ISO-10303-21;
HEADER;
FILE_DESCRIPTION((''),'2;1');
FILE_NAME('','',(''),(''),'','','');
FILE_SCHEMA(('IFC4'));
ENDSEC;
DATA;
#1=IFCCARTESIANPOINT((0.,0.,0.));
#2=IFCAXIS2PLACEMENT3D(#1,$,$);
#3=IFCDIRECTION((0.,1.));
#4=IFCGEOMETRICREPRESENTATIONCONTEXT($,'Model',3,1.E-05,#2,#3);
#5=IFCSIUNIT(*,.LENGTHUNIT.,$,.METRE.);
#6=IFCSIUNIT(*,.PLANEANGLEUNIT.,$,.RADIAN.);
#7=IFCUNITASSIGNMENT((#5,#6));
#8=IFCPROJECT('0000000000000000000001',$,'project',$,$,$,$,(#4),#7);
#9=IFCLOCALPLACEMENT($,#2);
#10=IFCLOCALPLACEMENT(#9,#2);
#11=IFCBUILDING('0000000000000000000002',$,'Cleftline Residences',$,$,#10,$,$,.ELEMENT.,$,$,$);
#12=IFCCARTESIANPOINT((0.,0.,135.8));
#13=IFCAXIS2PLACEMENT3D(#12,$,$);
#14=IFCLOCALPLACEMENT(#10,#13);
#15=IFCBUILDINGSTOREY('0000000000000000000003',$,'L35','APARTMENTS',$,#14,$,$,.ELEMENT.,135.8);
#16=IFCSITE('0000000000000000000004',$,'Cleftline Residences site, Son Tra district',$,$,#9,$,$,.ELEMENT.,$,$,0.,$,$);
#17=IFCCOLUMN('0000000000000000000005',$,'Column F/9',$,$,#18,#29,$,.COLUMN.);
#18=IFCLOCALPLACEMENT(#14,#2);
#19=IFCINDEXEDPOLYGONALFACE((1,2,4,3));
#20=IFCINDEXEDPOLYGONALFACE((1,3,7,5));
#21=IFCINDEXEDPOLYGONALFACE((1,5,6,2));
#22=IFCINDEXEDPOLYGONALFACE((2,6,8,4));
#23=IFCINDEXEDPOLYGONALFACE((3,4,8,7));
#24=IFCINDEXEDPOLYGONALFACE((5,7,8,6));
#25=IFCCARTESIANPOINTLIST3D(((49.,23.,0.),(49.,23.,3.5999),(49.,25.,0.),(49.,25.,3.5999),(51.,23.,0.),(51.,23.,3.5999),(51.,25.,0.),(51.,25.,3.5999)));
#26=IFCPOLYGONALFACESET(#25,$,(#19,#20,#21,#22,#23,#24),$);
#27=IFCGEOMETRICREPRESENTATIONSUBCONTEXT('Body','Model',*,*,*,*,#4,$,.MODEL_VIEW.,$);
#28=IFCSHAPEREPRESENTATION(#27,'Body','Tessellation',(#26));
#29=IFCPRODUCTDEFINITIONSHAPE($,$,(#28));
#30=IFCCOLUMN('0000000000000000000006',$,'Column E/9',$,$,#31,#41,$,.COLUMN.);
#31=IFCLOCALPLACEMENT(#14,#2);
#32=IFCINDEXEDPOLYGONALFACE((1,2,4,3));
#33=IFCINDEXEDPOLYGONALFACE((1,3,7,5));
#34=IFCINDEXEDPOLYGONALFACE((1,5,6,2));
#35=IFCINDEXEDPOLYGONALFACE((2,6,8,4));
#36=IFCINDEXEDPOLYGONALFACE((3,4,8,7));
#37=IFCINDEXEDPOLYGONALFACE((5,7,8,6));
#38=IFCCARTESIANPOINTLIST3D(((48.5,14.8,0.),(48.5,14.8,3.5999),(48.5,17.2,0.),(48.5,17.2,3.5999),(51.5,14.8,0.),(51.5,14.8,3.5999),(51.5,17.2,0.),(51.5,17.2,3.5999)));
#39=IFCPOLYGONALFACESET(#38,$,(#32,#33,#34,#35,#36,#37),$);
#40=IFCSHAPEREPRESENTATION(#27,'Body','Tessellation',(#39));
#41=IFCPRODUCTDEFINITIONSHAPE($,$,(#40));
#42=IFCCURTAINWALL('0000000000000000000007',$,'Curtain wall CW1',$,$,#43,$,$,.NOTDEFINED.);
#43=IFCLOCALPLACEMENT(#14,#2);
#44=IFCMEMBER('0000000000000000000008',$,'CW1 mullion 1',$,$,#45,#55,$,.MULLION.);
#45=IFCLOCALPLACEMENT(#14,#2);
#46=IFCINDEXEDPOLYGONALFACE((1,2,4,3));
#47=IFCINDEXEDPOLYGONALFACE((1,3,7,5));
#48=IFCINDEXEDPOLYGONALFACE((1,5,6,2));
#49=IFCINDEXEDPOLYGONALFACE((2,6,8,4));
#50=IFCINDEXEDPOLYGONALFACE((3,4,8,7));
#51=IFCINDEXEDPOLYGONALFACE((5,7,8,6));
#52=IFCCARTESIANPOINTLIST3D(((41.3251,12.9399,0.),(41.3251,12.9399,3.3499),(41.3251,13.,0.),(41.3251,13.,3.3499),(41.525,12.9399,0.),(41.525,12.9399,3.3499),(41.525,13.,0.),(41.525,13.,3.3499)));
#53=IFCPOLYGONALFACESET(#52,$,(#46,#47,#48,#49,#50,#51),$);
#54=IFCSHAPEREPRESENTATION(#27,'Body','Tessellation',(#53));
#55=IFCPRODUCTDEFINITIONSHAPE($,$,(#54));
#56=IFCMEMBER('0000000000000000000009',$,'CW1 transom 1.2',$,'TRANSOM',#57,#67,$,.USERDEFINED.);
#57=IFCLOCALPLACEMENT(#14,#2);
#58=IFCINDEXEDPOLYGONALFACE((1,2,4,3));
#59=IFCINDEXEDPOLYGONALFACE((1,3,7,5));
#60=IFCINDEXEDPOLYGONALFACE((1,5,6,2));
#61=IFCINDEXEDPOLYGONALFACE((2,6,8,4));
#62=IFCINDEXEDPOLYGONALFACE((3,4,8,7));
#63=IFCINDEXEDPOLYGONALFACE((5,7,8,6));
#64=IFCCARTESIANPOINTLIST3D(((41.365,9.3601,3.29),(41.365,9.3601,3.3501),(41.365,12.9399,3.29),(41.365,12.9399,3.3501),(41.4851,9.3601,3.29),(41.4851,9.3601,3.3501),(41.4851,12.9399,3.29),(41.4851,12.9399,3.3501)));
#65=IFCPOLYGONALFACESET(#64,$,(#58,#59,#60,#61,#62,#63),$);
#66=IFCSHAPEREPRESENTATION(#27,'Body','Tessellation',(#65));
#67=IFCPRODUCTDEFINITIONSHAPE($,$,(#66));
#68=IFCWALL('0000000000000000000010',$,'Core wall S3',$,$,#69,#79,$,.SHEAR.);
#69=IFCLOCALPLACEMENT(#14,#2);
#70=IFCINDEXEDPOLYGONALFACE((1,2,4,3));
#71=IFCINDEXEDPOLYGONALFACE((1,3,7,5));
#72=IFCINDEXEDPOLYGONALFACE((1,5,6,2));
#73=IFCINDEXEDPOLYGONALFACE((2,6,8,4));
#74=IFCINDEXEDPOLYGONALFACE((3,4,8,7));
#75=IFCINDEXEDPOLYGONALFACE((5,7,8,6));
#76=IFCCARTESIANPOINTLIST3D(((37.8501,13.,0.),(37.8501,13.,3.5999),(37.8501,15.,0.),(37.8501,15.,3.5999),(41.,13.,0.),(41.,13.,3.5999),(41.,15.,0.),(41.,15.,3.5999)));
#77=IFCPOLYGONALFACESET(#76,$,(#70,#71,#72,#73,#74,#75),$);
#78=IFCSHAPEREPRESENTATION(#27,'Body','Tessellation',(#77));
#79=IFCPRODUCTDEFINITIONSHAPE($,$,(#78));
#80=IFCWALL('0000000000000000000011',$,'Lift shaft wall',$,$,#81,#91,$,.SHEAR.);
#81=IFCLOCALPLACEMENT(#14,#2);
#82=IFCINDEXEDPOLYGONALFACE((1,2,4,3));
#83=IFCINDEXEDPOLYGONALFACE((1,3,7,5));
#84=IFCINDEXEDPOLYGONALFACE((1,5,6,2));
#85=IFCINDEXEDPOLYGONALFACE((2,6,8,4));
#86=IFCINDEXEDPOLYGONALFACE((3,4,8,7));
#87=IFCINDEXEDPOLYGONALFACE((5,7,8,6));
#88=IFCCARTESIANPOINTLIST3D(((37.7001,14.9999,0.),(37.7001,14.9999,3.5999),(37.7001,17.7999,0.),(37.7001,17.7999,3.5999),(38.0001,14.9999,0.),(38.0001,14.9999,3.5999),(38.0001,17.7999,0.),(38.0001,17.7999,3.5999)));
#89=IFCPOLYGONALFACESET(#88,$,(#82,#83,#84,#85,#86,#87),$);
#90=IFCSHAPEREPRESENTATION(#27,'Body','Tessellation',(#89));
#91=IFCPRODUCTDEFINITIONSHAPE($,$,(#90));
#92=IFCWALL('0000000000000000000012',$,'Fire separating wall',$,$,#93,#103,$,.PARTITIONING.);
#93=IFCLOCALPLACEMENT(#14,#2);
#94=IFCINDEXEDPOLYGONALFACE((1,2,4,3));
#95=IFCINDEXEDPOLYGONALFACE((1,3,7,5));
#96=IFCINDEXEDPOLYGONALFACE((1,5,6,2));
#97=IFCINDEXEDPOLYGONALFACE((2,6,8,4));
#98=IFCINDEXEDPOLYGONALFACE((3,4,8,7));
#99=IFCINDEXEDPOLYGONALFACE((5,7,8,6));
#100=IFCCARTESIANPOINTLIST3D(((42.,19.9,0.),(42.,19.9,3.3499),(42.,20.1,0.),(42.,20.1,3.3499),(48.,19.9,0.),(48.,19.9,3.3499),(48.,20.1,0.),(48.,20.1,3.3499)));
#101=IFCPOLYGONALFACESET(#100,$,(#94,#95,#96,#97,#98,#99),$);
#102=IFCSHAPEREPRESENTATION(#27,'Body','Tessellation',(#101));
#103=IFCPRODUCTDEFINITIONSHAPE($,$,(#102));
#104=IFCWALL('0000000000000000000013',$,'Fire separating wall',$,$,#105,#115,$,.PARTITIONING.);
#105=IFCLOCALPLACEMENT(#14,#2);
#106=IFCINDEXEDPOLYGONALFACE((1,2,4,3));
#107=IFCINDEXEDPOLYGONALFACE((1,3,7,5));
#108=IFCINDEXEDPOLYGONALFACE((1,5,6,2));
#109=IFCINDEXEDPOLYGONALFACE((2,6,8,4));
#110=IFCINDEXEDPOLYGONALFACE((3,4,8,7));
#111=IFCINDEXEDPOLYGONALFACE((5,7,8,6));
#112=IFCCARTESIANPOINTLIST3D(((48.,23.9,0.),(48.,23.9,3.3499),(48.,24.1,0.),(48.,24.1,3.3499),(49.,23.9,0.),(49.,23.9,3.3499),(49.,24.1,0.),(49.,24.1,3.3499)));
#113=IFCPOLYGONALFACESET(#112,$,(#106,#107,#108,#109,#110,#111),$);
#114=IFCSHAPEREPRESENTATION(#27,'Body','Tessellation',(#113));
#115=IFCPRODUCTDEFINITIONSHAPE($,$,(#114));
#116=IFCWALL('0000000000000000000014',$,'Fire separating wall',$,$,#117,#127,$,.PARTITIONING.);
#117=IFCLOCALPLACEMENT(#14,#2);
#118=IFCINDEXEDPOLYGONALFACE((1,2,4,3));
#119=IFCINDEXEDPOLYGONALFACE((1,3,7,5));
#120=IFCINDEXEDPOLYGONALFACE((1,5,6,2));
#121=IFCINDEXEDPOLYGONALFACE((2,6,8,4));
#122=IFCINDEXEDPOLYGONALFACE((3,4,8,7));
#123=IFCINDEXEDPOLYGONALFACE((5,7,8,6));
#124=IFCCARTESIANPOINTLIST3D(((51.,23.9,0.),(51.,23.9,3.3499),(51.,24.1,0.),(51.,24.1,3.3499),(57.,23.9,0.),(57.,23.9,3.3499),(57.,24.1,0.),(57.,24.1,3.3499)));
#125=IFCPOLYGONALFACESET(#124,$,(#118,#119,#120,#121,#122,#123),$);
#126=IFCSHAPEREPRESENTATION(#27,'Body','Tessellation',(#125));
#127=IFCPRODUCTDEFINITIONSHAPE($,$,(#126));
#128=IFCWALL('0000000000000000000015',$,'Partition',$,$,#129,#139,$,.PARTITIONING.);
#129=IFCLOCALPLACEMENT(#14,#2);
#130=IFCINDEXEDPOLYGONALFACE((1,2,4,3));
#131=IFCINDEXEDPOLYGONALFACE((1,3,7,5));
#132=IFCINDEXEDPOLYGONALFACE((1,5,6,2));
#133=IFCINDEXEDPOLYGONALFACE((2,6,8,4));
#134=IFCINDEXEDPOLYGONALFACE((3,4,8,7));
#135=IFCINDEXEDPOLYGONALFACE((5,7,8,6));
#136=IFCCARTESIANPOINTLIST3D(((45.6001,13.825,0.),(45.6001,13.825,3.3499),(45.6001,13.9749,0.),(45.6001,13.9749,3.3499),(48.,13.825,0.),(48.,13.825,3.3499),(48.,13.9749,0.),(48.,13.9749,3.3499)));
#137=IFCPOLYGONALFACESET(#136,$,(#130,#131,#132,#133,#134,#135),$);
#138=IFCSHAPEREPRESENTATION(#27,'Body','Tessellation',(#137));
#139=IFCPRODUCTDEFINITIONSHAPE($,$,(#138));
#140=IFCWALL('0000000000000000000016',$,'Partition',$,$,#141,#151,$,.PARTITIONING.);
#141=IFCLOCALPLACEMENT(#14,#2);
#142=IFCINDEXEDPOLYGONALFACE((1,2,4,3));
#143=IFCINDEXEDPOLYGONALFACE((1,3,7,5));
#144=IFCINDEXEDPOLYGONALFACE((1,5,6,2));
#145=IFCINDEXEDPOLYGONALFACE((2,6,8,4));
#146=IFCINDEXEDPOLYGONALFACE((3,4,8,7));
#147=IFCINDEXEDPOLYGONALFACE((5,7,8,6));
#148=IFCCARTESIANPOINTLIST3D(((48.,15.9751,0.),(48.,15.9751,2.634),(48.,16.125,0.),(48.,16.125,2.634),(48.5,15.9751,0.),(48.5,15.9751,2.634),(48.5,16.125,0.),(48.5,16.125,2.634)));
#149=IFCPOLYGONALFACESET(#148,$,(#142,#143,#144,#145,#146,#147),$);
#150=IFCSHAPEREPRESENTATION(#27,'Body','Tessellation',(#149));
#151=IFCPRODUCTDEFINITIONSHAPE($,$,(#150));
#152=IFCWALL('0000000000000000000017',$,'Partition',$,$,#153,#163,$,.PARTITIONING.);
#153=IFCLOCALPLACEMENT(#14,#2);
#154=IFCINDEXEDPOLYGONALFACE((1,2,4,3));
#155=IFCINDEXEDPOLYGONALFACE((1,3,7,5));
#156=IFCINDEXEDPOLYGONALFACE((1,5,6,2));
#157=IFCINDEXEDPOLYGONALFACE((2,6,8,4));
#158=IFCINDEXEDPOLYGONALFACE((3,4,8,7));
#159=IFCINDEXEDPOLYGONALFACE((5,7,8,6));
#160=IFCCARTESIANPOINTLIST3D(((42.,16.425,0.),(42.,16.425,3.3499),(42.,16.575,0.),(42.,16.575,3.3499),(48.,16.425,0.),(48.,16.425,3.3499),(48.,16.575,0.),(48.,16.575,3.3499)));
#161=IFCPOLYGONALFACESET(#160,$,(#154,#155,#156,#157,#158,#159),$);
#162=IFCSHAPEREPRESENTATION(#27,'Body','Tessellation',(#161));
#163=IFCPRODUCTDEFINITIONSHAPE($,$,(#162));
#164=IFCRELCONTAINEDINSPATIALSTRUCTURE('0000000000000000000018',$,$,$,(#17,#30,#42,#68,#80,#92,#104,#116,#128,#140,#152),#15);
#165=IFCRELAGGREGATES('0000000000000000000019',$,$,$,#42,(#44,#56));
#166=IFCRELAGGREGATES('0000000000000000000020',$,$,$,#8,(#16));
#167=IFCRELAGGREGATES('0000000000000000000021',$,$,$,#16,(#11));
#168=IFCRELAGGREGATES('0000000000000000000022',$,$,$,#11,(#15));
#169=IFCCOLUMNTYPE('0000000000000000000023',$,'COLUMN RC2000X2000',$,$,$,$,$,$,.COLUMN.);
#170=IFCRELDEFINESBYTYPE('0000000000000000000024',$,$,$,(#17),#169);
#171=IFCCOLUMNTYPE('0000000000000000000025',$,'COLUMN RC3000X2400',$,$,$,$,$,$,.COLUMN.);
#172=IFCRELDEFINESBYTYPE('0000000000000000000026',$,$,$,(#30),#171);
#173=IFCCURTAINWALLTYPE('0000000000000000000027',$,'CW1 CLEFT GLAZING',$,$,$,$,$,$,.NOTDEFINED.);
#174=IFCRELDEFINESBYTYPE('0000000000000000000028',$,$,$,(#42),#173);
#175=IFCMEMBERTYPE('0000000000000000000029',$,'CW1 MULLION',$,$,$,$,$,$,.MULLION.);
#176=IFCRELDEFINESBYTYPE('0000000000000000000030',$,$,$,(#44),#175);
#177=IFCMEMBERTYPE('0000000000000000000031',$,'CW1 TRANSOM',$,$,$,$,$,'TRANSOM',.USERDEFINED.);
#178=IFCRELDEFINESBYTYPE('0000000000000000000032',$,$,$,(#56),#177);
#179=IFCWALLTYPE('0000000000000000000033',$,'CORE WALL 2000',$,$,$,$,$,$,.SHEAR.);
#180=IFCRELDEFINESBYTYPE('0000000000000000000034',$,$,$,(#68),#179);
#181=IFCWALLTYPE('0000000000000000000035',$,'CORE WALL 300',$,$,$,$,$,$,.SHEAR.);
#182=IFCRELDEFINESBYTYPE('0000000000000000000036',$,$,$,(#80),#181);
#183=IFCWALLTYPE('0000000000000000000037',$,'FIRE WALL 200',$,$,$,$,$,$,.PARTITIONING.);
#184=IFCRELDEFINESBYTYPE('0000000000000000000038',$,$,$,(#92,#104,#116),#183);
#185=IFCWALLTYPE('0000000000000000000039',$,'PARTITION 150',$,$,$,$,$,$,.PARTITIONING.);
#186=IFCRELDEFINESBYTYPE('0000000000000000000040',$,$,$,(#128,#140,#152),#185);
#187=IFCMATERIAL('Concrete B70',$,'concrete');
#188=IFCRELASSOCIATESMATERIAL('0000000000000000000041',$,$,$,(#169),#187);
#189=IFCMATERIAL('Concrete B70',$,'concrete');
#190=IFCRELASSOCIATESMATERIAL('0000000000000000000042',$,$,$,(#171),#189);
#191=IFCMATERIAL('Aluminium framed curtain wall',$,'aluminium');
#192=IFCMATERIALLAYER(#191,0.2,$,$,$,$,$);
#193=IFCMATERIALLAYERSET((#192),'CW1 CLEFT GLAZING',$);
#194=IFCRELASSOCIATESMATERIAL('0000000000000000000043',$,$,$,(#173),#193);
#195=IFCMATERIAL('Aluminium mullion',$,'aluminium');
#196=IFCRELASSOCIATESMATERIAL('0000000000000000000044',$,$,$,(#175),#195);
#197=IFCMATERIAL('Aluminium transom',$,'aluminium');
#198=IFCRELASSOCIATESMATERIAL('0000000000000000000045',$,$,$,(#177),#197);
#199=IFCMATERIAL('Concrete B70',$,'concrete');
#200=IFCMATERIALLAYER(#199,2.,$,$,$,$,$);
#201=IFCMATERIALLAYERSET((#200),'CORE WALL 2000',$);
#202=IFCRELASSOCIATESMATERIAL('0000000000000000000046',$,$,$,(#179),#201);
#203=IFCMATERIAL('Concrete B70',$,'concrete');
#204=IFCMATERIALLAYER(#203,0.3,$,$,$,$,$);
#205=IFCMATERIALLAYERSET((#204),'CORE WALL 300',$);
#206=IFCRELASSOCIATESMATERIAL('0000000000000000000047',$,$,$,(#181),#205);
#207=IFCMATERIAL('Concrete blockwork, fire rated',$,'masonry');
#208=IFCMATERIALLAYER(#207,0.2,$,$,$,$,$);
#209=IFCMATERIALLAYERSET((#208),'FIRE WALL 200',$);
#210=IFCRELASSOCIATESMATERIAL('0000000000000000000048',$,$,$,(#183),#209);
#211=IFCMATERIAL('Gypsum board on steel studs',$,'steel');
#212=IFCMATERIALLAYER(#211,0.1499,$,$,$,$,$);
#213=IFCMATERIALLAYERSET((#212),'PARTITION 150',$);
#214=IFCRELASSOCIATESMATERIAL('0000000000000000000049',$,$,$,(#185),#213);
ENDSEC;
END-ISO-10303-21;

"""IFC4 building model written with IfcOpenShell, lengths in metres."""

from ifc_helpers import new_model, si_unit, direction, frame, frame_2d, origin, origin_2d, place, context, subcontext, project, spatial, rectangle, extrude, material, layer, layer_set, material_profile, profile_set, type_object, element, aggregate, save


model = new_model("IFC4")

# Units and contexts
model_context = context("Model", 3, precision=1e-05, world=origin(), true_north=direction((0.0, 1.0)))
body_context = subcontext(model_context, "Body", "Model", "MODEL_VIEW")
ifc_project = project(units=[si_unit("LENGTHUNIT", "METRE"), si_unit("PLANEANGLEUNIT", "RADIAN")], contexts=[model_context])

# Site, building, storey
site_placement = place(None, origin())
site = spatial("IfcSite", under=ifc_project, at=site_placement, Name="Cleftline Residences site, Son Tra district", CompositionType="ELEMENT", RefElevation=0.0)
building_placement = place(site_placement, origin())
building = spatial("IfcBuilding", under=site, at=building_placement, Name="Cleftline Residences", CompositionType="ELEMENT")
storey_placement = place(building_placement, frame((0.0, 0.0, 135.8)))
storey = spatial("IfcBuildingStorey", under=building, at=storey_placement, Name="L35", Description="APARTMENTS", CompositionType="ELEMENT", Elevation=135.8)

# Columns
ifc_material_1 = material(Name="Concrete B70", Category="concrete")
ifc_material_profile_1 = material_profile(ifc_material_1, rectangle(XDim=2.0, YDim=2.0, at=origin_2d()))
ifc_profile_set_1 = profile_set([ifc_material_profile_1], Name="Concrete B70")
column_type_1 = type_object("IfcColumnType", Name="COLUMN RC2000X2000", PredefinedType="COLUMN", material=ifc_profile_set_1)
column_1_placement = place(storey_placement, frame((50.0, 24.0, 0.0), z_axis=(0.0, 0.0, 1.0), x_axis=(1.0, 0.0, 0.0)))
element("IfcColumn", 1, at=column_1_placement, inside=storey, type_object=column_type_1, Name="Column F/9", PredefinedType="COLUMN", context=body_context, shape_type="SweptSolid", body=[
    extrude(rectangle(XDim=2.0, YDim=2.0, at=origin_2d()), origin(), (0.0, 0.0, 1.0), 3.5999),
])
ifc_material_2 = material(Name="Concrete B70", Category="concrete")
ifc_material_profile_2 = material_profile(ifc_material_2, rectangle(XDim=3.0, YDim=2.3999, at=origin_2d()))
ifc_profile_set_2 = profile_set([ifc_material_profile_2], Name="Concrete B70")
column_type_2 = type_object("IfcColumnType", Name="COLUMN RC3000X2400", PredefinedType="COLUMN", material=ifc_profile_set_2)
column_2_placement = place(storey_placement, frame((50.0, 16.0, 0.0), z_axis=(0.0, 0.0, 1.0), x_axis=(1.0, 0.0, 0.0)))
element("IfcColumn", 2, at=column_2_placement, inside=storey, type_object=column_type_2, Name="Column E/9", PredefinedType="COLUMN", context=body_context, shape_type="SweptSolid", body=[
    extrude(rectangle(XDim=3.0, YDim=2.3999, at=origin_2d()), origin(), (0.0, 0.0, 1.0), 3.5999),
])

# Curtain wall, members
ifc_material_3 = material(Name="Aluminium framed curtain wall", Category="aluminium")
ifc_layer_1 = layer(ifc_material_3, 0.2)
ifc_layer_set_1 = layer_set([ifc_layer_1], Name="CW1 CLEFT GLAZING")
curtain_wall_type = type_object("IfcCurtainWallType", Name="CW1 CLEFT GLAZING", PredefinedType="NOTDEFINED", material=ifc_layer_set_1)
curtain_wall_placement = place(storey_placement, origin())
curtain_wall = element("IfcCurtainWall", 3, at=curtain_wall_placement, inside=storey, type_object=curtain_wall_type, Name="Curtain wall CW1", PredefinedType="NOTDEFINED")
ifc_material_4 = material(Name="Aluminium mullion", Category="aluminium")
ifc_material_profile_3 = material_profile(ifc_material_4, rectangle(XDim=0.2, YDim=0.0601, at=origin_2d()))
ifc_profile_set_3 = profile_set([ifc_material_profile_3], Name="Aluminium mullion")
member_type_1 = type_object("IfcMemberType", Name="CW1 MULLION", PredefinedType="MULLION", material=ifc_profile_set_3)
member_1_placement = place(storey_placement, frame((41.425, 12.97, 0.0), z_axis=(0.0, 0.0, 1.0), x_axis=(1.0, 0.0, 0.0)))
member_1 = element("IfcMember", 4, at=member_1_placement, type_object=member_type_1, Name="CW1 mullion 1", PredefinedType="MULLION", context=body_context, shape_type="SweptSolid", body=[
    extrude(rectangle(XDim=0.2, YDim=0.0601, at=origin_2d()), origin(), (0.0, 0.0, 1.0), 3.3499),
])
ifc_material_5 = material(Name="Aluminium transom", Category="aluminium")
ifc_material_profile_4 = material_profile(ifc_material_5, rectangle(XDim=0.1201, YDim=0.0601, at=origin_2d()))
ifc_profile_set_4 = profile_set([ifc_material_profile_4], Name="Aluminium transom")
member_type_2 = type_object("IfcMemberType", Name="CW1 TRANSOM", ElementType="TRANSOM", PredefinedType="USERDEFINED", material=ifc_profile_set_4)
member_2_placement = place(storey_placement, frame((41.425, 12.9399, 3.3201), z_axis=(0.0, -1.0, 0.0), x_axis=(1.0, 0.0, 0.0)))
member_2 = element("IfcMember", 5, at=member_2_placement, type_object=member_type_2, Name="CW1 transom 1.2", ObjectType="TRANSOM", PredefinedType="USERDEFINED", context=body_context, shape_type="SweptSolid", body=[
    extrude(rectangle(XDim=0.1201, YDim=0.0601, at=origin_2d()), origin(), (0.0, 0.0, 1.0), 3.5798),
])
aggregate(curtain_wall, [member_1, member_2])

# Walls
ifc_material_6 = material(Name="Concrete B70", Category="concrete")
ifc_layer_2 = layer(ifc_material_6, 2.0)
ifc_layer_set_2 = layer_set([ifc_layer_2], Name="CORE WALL 2000")
wall_type_1 = type_object("IfcWallType", Name="CORE WALL 2000", PredefinedType="SHEAR", material=ifc_layer_set_2)
wall_1_placement = place(storey_placement, frame((37.8501, 14.0, 0.0), z_axis=(0.0, 0.0, 1.0), x_axis=(1.0, 0.0, 0.0)))
element("IfcWall", 6, at=wall_1_placement, inside=storey, type_object=wall_type_1, Name="Core wall S3", PredefinedType="SHEAR", context=body_context, shape_type="SweptSolid", body=[
    extrude(rectangle(XDim=3.1499, YDim=2.0, at=frame_2d((1.575, 0.0))), origin(), (0.0, 0.0, 1.0), 3.5999),
])
ifc_material_7 = material(Name="Concrete B70", Category="concrete")
ifc_layer_3 = layer(ifc_material_7, 0.3)
ifc_layer_set_3 = layer_set([ifc_layer_3], Name="CORE WALL 300")
wall_type_2 = type_object("IfcWallType", Name="CORE WALL 300", PredefinedType="SHEAR", material=ifc_layer_set_3)
wall_2_placement = place(storey_placement, frame((37.8501, 15.0, 0.0), z_axis=(0.0, 0.0, 1.0), x_axis=(0.0, 1.0, 0.0)))
element("IfcWall", 7, at=wall_2_placement, inside=storey, type_object=wall_type_2, Name="Lift shaft wall", PredefinedType="SHEAR", context=body_context, shape_type="SweptSolid", body=[
    extrude(rectangle(XDim=2.8, YDim=0.3, at=frame_2d((1.3999, 0.0))), origin(), (0.0, 0.0, 1.0), 3.5999),
])
ifc_material_8 = material(Name="Concrete blockwork, fire rated", Category="masonry")
ifc_layer_4 = layer(ifc_material_8, 0.2)
ifc_layer_set_4 = layer_set([ifc_layer_4], Name="FIRE WALL 200")
wall_type_3 = type_object("IfcWallType", Name="FIRE WALL 200", PredefinedType="PARTITIONING", material=ifc_layer_set_4)
wall_3_placement = place(storey_placement, frame((42.0, 20.0, 0.0), z_axis=(0.0, 0.0, 1.0), x_axis=(1.0, 0.0, 0.0)))
element("IfcWall", 8, at=wall_3_placement, inside=storey, type_object=wall_type_3, Name="Fire separating wall", PredefinedType="PARTITIONING", context=body_context, shape_type="SweptSolid", body=[
    extrude(rectangle(XDim=6.0, YDim=0.2, at=frame_2d((3.0, 0.0))), origin(), (0.0, 0.0, 1.0), 3.3499),
])
wall_4_placement = place(storey_placement, frame((48.0, 24.0, 0.0), z_axis=(0.0, 0.0, 1.0), x_axis=(1.0, 0.0, 0.0)))
element("IfcWall", 9, at=wall_4_placement, inside=storey, type_object=wall_type_3, Name="Fire separating wall", PredefinedType="PARTITIONING", context=body_context, shape_type="SweptSolid", body=[
    extrude(rectangle(XDim=1.0, YDim=0.2, at=frame_2d((0.5, 0.0))), origin(), (0.0, 0.0, 1.0), 3.3499),
])
wall_5_placement = place(storey_placement, frame((51.0, 24.0, 0.0), z_axis=(0.0, 0.0, 1.0), x_axis=(1.0, 0.0, 0.0)))
element("IfcWall", 10, at=wall_5_placement, inside=storey, type_object=wall_type_3, Name="Fire separating wall", PredefinedType="PARTITIONING", context=body_context, shape_type="SweptSolid", body=[
    extrude(rectangle(XDim=6.0, YDim=0.2, at=frame_2d((3.0, 0.0))), origin(), (0.0, 0.0, 1.0), 3.3499),
])

# Walls
ifc_material_9 = material(Name="Gypsum board on steel studs", Category="steel")
ifc_layer_5 = layer(ifc_material_9, 0.1499)
ifc_layer_set_5 = layer_set([ifc_layer_5], Name="PARTITION 150")
wall_type_4 = type_object("IfcWallType", Name="PARTITION 150", PredefinedType="PARTITIONING", material=ifc_layer_set_5)
wall_6_placement = place(storey_placement, frame((45.6001, 13.8999, 0.0), z_axis=(0.0, 0.0, 1.0), x_axis=(1.0, 0.0, 0.0)))
element("IfcWall", 11, at=wall_6_placement, inside=storey, type_object=wall_type_4, Name="Partition", PredefinedType="PARTITIONING", context=body_context, shape_type="SweptSolid", body=[
    extrude(rectangle(XDim=2.3999, YDim=0.1499, at=frame_2d((1.2, 0.0))), origin(), (0.0, 0.0, 1.0), 3.3499),
])
wall_7_placement = place(storey_placement, frame((48.0, 16.05, 0.0), z_axis=(0.0, 0.0, 1.0), x_axis=(1.0, 0.0, 0.0)))
element("IfcWall", 12, at=wall_7_placement, inside=storey, type_object=wall_type_4, Name="Partition", PredefinedType="PARTITIONING", context=body_context, shape_type="SweptSolid", body=[
    extrude(rectangle(XDim=0.5, YDim=0.1499, at=frame_2d((0.25, 0.0))), origin(), (0.0, 0.0, 1.0), 2.634),
])
wall_8_placement = place(storey_placement, frame((42.0, 16.5, 0.0), z_axis=(0.0, 0.0, 1.0), x_axis=(1.0, 0.0, 0.0)))
element("IfcWall", 13, at=wall_8_placement, inside=storey, type_object=wall_type_4, Name="Partition", PredefinedType="PARTITIONING", context=body_context, shape_type="SweptSolid", body=[
    extrude(rectangle(XDim=6.0, YDim=0.1499, at=frame_2d((3.0, 0.0))), origin(), (0.0, 0.0, 1.0), 3.3499),
])

save(model, "model.ifc")
